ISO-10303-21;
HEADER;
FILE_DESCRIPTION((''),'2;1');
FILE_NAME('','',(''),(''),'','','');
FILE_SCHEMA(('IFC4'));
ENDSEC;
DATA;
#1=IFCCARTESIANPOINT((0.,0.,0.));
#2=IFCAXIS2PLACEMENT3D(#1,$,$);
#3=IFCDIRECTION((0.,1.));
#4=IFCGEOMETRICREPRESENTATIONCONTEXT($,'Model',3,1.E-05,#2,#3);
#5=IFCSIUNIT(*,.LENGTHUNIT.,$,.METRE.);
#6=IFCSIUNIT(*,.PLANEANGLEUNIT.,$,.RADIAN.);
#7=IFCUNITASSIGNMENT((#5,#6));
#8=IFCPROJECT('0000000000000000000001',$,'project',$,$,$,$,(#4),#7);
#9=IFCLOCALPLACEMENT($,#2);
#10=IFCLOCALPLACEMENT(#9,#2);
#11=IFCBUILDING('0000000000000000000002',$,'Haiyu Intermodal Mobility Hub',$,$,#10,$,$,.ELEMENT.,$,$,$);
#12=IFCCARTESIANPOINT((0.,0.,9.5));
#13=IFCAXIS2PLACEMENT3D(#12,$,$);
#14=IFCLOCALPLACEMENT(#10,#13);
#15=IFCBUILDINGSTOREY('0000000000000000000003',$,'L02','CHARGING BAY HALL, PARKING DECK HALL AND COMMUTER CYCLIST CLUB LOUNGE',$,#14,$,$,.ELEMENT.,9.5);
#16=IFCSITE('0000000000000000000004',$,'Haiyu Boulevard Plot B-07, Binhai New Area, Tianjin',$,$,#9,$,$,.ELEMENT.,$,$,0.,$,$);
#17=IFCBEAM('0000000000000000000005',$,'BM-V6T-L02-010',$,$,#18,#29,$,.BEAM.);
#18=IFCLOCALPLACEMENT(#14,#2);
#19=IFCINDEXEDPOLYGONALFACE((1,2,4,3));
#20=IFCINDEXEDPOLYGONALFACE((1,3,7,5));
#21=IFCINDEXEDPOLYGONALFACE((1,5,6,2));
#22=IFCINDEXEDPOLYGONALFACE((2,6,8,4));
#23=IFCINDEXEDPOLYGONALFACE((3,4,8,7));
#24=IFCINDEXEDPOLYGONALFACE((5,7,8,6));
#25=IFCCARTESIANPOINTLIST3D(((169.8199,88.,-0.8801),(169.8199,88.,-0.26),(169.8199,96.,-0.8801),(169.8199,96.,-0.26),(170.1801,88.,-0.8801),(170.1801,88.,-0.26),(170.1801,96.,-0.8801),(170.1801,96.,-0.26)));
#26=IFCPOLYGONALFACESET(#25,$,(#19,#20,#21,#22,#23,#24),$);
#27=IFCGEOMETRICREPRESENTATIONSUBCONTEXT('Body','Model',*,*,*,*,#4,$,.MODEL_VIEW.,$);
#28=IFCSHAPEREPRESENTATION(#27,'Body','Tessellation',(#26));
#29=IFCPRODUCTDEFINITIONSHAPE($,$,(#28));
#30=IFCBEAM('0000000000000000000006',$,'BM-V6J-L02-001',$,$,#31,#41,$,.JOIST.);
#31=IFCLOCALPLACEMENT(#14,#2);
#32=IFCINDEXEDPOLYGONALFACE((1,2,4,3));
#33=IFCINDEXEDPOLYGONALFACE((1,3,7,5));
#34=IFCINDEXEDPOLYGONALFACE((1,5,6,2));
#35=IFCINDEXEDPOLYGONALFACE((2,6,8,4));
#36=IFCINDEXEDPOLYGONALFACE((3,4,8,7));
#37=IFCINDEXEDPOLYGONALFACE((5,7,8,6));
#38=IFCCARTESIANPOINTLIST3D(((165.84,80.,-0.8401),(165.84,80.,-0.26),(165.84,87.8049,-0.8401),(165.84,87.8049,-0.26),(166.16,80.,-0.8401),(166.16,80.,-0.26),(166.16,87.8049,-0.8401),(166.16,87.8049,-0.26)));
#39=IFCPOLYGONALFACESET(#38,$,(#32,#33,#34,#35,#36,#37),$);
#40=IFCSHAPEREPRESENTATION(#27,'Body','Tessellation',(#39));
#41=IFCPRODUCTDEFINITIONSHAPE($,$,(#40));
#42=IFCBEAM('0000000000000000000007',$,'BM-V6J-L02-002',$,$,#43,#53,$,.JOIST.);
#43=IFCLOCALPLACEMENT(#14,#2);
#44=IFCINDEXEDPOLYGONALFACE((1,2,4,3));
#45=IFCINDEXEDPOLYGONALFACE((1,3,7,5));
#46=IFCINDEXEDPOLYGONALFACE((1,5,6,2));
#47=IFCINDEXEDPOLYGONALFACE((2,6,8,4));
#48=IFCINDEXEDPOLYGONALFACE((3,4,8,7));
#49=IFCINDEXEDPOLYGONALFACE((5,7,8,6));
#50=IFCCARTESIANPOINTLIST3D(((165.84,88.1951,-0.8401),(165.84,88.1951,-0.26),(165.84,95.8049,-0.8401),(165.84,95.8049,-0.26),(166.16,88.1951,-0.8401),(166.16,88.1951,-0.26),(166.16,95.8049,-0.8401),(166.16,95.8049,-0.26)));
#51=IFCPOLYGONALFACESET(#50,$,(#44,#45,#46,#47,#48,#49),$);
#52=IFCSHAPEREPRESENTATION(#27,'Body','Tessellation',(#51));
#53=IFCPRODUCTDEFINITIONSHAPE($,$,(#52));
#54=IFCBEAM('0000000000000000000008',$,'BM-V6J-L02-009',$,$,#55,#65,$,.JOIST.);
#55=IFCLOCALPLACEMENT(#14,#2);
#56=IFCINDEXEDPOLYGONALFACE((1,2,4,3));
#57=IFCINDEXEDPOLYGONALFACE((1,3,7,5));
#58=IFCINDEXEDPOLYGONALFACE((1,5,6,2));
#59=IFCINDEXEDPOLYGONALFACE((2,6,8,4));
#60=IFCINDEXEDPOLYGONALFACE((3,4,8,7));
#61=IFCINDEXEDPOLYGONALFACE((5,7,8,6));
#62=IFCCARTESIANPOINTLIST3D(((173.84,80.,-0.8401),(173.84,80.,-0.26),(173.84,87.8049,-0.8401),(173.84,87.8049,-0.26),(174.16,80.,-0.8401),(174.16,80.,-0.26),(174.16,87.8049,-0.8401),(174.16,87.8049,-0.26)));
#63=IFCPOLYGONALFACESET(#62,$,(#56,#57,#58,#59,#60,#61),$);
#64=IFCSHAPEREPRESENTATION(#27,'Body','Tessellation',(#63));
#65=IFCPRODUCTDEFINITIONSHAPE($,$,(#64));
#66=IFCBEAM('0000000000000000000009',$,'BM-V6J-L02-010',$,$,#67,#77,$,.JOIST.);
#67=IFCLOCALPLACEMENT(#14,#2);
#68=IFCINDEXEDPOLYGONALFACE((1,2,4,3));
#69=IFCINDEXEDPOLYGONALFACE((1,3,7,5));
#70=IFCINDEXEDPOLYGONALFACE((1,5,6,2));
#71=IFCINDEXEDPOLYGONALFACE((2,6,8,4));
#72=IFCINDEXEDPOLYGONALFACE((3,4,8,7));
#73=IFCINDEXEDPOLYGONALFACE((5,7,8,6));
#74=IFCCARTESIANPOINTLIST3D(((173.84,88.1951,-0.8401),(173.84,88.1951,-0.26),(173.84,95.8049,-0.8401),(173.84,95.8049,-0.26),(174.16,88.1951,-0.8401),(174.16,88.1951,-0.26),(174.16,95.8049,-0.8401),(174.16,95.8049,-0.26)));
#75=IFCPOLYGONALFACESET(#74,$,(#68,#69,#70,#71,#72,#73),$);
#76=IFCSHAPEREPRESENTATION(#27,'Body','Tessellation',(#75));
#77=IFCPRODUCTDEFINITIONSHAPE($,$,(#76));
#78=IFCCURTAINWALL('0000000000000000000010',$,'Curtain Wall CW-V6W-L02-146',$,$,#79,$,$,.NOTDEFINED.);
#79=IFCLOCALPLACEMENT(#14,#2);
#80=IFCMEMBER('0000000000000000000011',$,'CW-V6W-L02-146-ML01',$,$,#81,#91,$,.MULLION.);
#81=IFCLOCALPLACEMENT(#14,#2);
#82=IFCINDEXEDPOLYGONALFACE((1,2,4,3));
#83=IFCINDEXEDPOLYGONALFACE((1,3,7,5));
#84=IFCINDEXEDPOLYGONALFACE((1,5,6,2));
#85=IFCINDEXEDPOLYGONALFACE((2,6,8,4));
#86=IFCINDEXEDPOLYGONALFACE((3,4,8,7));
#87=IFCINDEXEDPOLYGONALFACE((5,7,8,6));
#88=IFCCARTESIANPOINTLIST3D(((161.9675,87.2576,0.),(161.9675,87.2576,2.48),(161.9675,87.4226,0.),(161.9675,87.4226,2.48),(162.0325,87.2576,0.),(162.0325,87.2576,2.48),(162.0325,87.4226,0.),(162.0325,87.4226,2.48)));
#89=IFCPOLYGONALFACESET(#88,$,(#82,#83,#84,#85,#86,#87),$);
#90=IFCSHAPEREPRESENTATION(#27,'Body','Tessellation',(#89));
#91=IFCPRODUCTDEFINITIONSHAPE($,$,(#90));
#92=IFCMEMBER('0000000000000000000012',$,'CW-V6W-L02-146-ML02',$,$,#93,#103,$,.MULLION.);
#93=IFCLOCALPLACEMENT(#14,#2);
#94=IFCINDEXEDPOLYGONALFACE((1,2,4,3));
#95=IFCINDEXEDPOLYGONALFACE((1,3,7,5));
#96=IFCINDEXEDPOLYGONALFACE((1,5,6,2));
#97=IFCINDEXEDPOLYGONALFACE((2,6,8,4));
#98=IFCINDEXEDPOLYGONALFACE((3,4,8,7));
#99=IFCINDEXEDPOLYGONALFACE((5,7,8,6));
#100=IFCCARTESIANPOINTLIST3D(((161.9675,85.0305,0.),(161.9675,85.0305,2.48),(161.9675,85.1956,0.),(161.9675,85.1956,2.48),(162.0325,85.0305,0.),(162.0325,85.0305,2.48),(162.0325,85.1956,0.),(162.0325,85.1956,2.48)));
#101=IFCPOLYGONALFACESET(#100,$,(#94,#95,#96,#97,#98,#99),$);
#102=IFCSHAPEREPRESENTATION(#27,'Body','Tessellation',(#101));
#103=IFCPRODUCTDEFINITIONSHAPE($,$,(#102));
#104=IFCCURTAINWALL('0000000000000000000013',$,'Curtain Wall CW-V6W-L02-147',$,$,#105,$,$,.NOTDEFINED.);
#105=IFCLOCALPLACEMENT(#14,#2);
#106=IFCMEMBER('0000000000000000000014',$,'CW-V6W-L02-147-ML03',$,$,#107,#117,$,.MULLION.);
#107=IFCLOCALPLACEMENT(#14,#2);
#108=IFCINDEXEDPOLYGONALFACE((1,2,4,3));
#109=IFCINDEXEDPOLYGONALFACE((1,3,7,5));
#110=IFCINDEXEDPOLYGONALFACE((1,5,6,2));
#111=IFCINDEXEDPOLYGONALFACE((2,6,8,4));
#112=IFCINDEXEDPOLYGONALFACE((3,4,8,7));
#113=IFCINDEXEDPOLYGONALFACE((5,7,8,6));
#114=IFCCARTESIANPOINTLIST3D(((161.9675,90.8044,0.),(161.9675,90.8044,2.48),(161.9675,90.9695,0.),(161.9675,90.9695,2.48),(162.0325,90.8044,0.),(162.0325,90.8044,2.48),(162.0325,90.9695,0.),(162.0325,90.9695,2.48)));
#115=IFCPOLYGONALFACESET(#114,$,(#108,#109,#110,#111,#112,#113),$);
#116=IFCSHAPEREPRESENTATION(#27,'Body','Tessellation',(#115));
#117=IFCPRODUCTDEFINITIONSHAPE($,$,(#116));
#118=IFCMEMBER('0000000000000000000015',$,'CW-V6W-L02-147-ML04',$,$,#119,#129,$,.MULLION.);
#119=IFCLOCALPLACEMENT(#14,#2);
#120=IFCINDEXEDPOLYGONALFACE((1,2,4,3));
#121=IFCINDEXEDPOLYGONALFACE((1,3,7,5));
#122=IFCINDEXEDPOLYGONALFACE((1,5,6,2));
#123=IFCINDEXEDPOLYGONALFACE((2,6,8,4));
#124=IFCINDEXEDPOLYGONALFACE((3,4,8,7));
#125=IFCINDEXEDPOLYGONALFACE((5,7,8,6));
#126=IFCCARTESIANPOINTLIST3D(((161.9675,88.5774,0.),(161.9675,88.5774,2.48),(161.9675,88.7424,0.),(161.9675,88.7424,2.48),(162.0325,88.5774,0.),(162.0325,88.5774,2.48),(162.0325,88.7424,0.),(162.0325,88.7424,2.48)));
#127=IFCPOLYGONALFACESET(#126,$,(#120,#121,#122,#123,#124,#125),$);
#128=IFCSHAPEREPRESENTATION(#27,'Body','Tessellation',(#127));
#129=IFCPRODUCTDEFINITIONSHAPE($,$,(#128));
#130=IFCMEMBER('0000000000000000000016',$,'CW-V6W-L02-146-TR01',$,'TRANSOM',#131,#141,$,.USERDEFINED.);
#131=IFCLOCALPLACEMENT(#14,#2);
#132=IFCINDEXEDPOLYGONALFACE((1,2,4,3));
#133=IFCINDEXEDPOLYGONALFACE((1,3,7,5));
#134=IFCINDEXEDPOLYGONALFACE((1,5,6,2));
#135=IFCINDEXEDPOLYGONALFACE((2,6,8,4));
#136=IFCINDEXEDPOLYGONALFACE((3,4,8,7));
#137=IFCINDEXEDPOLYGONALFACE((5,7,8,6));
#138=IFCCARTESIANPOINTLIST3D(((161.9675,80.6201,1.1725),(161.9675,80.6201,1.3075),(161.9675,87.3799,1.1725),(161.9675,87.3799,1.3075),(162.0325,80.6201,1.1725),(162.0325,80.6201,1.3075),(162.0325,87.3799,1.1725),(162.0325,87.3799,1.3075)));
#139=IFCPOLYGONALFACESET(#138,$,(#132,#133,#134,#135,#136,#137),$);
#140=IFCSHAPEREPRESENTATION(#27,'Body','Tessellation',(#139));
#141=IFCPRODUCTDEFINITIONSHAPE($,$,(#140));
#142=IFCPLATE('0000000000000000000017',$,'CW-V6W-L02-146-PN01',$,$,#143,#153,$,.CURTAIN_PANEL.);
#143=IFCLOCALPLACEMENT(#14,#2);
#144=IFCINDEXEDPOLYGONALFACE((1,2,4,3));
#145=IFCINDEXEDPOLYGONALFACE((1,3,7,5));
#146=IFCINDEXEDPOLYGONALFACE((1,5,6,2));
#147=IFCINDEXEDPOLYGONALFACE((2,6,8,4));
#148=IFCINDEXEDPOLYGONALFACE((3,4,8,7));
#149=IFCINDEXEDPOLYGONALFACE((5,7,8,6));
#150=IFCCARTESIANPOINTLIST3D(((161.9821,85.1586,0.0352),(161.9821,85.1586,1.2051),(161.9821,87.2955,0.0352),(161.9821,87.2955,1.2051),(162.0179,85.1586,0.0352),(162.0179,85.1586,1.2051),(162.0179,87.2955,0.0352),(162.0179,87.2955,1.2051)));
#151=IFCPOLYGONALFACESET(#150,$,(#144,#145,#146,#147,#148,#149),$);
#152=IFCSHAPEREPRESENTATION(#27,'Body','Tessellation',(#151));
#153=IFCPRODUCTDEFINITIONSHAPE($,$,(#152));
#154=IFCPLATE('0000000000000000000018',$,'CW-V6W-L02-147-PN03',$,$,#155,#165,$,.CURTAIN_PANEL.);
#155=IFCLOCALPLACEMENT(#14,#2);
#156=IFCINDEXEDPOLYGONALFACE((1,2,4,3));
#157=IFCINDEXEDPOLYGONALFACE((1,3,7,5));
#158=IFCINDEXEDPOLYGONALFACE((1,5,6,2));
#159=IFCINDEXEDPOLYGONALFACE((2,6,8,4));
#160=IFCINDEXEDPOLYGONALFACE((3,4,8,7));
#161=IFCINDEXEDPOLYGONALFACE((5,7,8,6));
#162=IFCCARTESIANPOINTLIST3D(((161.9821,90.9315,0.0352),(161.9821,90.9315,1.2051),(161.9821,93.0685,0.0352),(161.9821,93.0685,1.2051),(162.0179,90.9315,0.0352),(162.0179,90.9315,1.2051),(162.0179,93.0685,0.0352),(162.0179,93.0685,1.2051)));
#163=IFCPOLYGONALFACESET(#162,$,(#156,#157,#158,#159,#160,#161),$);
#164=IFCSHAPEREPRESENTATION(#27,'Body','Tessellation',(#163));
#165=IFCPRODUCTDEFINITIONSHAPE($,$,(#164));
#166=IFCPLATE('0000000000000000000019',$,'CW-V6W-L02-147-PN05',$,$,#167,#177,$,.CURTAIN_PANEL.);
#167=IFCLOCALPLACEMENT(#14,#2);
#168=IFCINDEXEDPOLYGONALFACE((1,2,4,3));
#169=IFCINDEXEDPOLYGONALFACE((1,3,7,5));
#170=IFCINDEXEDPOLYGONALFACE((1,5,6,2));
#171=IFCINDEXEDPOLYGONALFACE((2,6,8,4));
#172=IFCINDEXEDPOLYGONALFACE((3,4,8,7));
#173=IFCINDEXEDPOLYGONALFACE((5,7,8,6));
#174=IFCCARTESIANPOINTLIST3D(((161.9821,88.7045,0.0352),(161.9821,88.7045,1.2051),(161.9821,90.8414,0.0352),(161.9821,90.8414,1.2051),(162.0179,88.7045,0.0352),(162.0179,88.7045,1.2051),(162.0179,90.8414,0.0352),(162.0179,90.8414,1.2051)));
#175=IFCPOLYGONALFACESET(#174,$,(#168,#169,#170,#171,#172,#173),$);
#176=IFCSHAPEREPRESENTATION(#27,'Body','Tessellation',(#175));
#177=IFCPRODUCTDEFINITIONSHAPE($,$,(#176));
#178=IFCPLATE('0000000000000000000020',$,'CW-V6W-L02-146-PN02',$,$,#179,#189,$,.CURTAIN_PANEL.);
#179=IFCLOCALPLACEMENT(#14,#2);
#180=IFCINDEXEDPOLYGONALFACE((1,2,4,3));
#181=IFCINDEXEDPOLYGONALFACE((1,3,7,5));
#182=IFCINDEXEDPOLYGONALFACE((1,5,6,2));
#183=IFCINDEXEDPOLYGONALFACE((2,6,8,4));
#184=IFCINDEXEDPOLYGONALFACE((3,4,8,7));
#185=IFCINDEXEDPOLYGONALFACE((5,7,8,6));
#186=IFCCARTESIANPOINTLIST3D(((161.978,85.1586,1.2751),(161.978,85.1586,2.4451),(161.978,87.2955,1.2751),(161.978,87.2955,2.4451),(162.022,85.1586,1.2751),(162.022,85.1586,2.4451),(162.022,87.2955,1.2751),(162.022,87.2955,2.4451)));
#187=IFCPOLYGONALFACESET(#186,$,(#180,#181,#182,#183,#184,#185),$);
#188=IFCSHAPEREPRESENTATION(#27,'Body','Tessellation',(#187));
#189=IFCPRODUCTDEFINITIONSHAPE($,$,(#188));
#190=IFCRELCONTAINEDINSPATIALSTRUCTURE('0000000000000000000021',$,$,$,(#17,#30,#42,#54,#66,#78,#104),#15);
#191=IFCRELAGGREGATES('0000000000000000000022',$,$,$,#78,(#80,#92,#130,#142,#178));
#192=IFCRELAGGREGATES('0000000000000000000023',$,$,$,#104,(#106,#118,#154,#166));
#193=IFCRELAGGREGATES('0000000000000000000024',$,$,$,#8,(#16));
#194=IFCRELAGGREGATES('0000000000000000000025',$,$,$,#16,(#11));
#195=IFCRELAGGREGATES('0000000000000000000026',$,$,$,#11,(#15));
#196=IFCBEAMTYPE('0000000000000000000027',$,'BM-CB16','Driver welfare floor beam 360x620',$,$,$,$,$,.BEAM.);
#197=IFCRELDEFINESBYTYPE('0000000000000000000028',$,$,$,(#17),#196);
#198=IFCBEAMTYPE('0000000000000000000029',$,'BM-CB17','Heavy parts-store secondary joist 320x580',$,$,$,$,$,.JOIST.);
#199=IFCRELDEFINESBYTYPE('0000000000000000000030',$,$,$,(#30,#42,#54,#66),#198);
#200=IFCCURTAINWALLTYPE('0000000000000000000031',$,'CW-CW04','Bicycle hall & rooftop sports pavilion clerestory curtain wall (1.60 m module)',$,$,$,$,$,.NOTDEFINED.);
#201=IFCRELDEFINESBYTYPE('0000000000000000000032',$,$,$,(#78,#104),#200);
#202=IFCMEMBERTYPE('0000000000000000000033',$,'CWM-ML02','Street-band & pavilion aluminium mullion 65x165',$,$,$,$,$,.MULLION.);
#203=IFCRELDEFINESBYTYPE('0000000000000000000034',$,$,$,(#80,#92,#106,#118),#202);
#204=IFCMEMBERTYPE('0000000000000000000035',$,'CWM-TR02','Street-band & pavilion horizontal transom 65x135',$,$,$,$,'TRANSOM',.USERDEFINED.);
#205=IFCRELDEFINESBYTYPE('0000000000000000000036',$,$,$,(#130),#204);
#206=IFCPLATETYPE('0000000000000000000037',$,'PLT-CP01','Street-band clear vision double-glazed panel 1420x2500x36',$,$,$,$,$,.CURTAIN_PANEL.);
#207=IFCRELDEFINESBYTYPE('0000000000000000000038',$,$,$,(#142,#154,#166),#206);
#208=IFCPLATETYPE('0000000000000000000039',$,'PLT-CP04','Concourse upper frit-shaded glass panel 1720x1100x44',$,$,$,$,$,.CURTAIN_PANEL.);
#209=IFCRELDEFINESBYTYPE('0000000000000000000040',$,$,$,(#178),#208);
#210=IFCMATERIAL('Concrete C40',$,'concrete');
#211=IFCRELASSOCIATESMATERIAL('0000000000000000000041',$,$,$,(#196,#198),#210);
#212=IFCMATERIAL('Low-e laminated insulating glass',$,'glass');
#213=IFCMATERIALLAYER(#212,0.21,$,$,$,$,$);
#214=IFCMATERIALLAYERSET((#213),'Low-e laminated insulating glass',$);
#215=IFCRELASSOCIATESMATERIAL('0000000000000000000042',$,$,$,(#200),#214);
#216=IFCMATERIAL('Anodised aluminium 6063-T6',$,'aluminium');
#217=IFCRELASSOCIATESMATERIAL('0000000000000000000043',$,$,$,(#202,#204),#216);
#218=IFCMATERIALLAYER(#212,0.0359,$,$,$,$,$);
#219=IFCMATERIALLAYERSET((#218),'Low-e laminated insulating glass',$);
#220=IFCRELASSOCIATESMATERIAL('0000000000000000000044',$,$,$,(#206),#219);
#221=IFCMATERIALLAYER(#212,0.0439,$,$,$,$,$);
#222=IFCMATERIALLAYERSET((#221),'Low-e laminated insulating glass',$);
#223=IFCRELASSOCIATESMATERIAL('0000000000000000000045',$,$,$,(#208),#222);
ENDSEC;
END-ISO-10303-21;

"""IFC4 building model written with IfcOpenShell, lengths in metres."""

from ifc_helpers import new_model, si_unit, direction, frame, origin, origin_2d, place, context, subcontext, project, spatial, rectangle, extrude, material, layer, layer_set, material_profile, profile_set, type_object, element, aggregate, save


model = new_model("IFC4")

# Units and contexts
model_context = context("Model", 3, precision=1e-05, world=origin(), true_north=direction((0.0, 1.0)))
body_context = subcontext(model_context, "Body", "Model", "MODEL_VIEW")
ifc_project = project(units=[si_unit("LENGTHUNIT", "METRE"), si_unit("PLANEANGLEUNIT", "RADIAN")], contexts=[model_context])

# Site, building, storey
site_placement = place(None, origin())
site = spatial("IfcSite", under=ifc_project, at=site_placement, Name="Haiyu Boulevard Plot B-07, Binhai New Area, Tianjin", CompositionType="ELEMENT", RefElevation=0.0)
building_placement = place(site_placement, origin())
building = spatial("IfcBuilding", under=site, at=building_placement, Name="Haiyu Intermodal Mobility Hub", CompositionType="ELEMENT")
storey_placement = place(building_placement, frame((0.0, 0.0, 9.5)))
storey = spatial("IfcBuildingStorey", under=building, at=storey_placement, Name="L02", Description="CHARGING BAY HALL, PARKING DECK HALL AND COMMUTER CYCLIST CLUB LOUNGE", CompositionType="ELEMENT", Elevation=9.5)

# Shared definitions
ifc_material_1 = material(Name="Concrete C40", Category="concrete")

# Beams
ifc_material_profile_1 = material_profile(ifc_material_1, rectangle(XDim=0.3601, YDim=0.6201, at=origin_2d()), Name="B360x620")
ifc_profile_set_1 = profile_set([ifc_material_profile_1], Name="Concrete C40")
beam_type_1 = type_object("IfcBeamType", Name="BM-CB16", Description="Driver welfare floor beam 360x620", PredefinedType="BEAM", material=ifc_profile_set_1)
for number, where, z_axis, x_axis, name in (
    (1, (170.0, 88.0, -0.5701), (0.0, 1.0, 0.0), (-1.0, 0.0, 0.0), "BM-V6T-L02-010"),
):
    element("IfcBeam", number, at=place(storey_placement, frame(where, z_axis=z_axis, x_axis=x_axis)), inside=storey, type_object=beam_type_1, Name=name, PredefinedType="BEAM", context=body_context, shape_type="SweptSolid", body=[
        extrude(rectangle(XDim=0.3601, YDim=0.6201, at=origin_2d()), origin(), (0.0, 0.0, 1.0), 8.0),
    ])
ifc_material_profile_2 = material_profile(ifc_material_1, rectangle(XDim=0.3201, YDim=0.5801, at=origin_2d()), Name="B320x580")
ifc_profile_set_2 = profile_set([ifc_material_profile_2], Name="Concrete C40")
beam_type_2 = type_object("IfcBeamType", Name="BM-CB17", Description="Heavy parts-store secondary joist 320x580", PredefinedType="JOIST", material=ifc_profile_set_2)
beam_1_placement = place(storey_placement, frame((166.0, 80.0, -0.55), z_axis=(0.0, 1.0, 0.0), x_axis=(-1.0, 0.0, 0.0)))
element("IfcBeam", 2, at=beam_1_placement, inside=storey, type_object=beam_type_2, Name="BM-V6J-L02-001", PredefinedType="JOIST", context=body_context, shape_type="SweptSolid", body=[
    extrude(rectangle(XDim=0.3201, YDim=0.5801, at=origin_2d()), origin(), (0.0, 0.0, 1.0), 7.8049),
])
beam_2_placement = place(storey_placement, frame((166.0, 88.1951, -0.55), z_axis=(0.0, 1.0, 0.0), x_axis=(-1.0, 0.0, 0.0)))
element("IfcBeam", 3, at=beam_2_placement, inside=storey, type_object=beam_type_2, Name="BM-V6J-L02-002", PredefinedType="JOIST", context=body_context, shape_type="SweptSolid", body=[
    extrude(rectangle(XDim=0.3201, YDim=0.5801, at=origin_2d()), origin(), (0.0, 0.0, 1.0), 7.6099),
])
beam_3_placement = place(storey_placement, frame((174.0, 80.0, -0.55), z_axis=(0.0, 1.0, 0.0), x_axis=(-1.0, 0.0, 0.0)))
element("IfcBeam", 4, at=beam_3_placement, inside=storey, type_object=beam_type_2, Name="BM-V6J-L02-009", PredefinedType="JOIST", context=body_context, shape_type="SweptSolid", body=[
    extrude(rectangle(XDim=0.3201, YDim=0.5801, at=origin_2d()), origin(), (0.0, 0.0, 1.0), 7.8049),
])
beam_4_placement = place(storey_placement, frame((174.0, 88.1951, -0.55), z_axis=(0.0, 1.0, 0.0), x_axis=(-1.0, 0.0, 0.0)))
element("IfcBeam", 5, at=beam_4_placement, inside=storey, type_object=beam_type_2, Name="BM-V6J-L02-010", PredefinedType="JOIST", context=body_context, shape_type="SweptSolid", body=[
    extrude(rectangle(XDim=0.3201, YDim=0.5801, at=origin_2d()), origin(), (0.0, 0.0, 1.0), 7.6099),
])

# Curtain walls, members
ifc_material_2 = material(Name="Low-e laminated insulating glass", Category="glass")
ifc_layer_1 = layer(ifc_material_2, 0.21)
ifc_layer_set_1 = layer_set([ifc_layer_1], Name="Low-e laminated insulating glass")
curtain_wall_type = type_object("IfcCurtainWallType", Name="CW-CW04", Description="Bicycle hall & rooftop sports pavilion clerestory curtain wall (1.60 m module)", PredefinedType="NOTDEFINED", material=ifc_layer_set_1)
curtain_wall_1_placement = place(storey_placement, origin())
curtain_wall_1 = element("IfcCurtainWall", 6, at=curtain_wall_1_placement, inside=storey, type_object=curtain_wall_type, Name="Curtain Wall CW-V6W-L02-146", PredefinedType="NOTDEFINED")
ifc_material_3 = material(Name="Anodised aluminium 6063-T6", Category="aluminium")
ifc_material_profile_3 = material_profile(ifc_material_3, rectangle(XDim=0.0649, YDim=0.165, at=origin_2d()), Name="ALU65x165")
ifc_profile_set_3 = profile_set([ifc_material_profile_3], Name="Anodised aluminium 6063-T6")
member_type_1 = type_object("IfcMemberType", Name="CWM-ML02", Description="Street-band & pavilion aluminium mullion 65x165", PredefinedType="MULLION", material=ifc_profile_set_3)
member_1_placement = place(storey_placement, frame((162.0, 87.3401, 0.0), z_axis=(0.0, 0.0, 1.0), x_axis=(1.0, 0.0, 0.0)))
member_1 = element("IfcMember", 7, at=member_1_placement, type_object=member_type_1, Name="CW-V6W-L02-146-ML01", PredefinedType="MULLION", context=body_context, shape_type="SweptSolid", body=[
    extrude(rectangle(XDim=0.0649, YDim=0.165, at=origin_2d()), origin(), (0.0, 0.0, 1.0), 2.48),
])
member_2_placement = place(storey_placement, frame((162.0, 85.113, 0.0), z_axis=(0.0, 0.0, 1.0), x_axis=(1.0, 0.0, 0.0)))
member_2 = element("IfcMember", 8, at=member_2_placement, type_object=member_type_1, Name="CW-V6W-L02-146-ML02", PredefinedType="MULLION", context=body_context, shape_type="SweptSolid", body=[
    extrude(rectangle(XDim=0.0649, YDim=0.165, at=origin_2d()), origin(), (0.0, 0.0, 1.0), 2.48),
])
curtain_wall_2_placement = place(storey_placement, origin())
curtain_wall_2 = element("IfcCurtainWall", 9, at=curtain_wall_2_placement, inside=storey, type_object=curtain_wall_type, Name="Curtain Wall CW-V6W-L02-147", PredefinedType="NOTDEFINED")
member_3_placement = place(storey_placement, frame((162.0, 90.887, 0.0), z_axis=(0.0, 0.0, 1.0), x_axis=(1.0, 0.0, 0.0)))
member_3 = element("IfcMember", 10, at=member_3_placement, type_object=member_type_1, Name="CW-V6W-L02-147-ML03", PredefinedType="MULLION", context=body_context, shape_type="SweptSolid", body=[
    extrude(rectangle(XDim=0.0649, YDim=0.165, at=origin_2d()), origin(), (0.0, 0.0, 1.0), 2.48),
])
member_4_placement = place(storey_placement, frame((162.0, 88.6599, 0.0), z_axis=(0.0, 0.0, 1.0), x_axis=(1.0, 0.0, 0.0)))
member_4 = element("IfcMember", 11, at=member_4_placement, type_object=member_type_1, Name="CW-V6W-L02-147-ML04", PredefinedType="MULLION", context=body_context, shape_type="SweptSolid", body=[
    extrude(rectangle(XDim=0.0649, YDim=0.165, at=origin_2d()), origin(), (0.0, 0.0, 1.0), 2.48),
])

# Member
ifc_material_profile_4 = material_profile(ifc_material_3, rectangle(XDim=0.0649, YDim=0.135, at=origin_2d()), Name="ALU65x135")
ifc_profile_set_4 = profile_set([ifc_material_profile_4], Name="Anodised aluminium 6063-T6")
member_type_2 = type_object("IfcMemberType", Name="CWM-TR02", Description="Street-band & pavilion horizontal transom 65x135", ElementType="TRANSOM", PredefinedType="USERDEFINED", material=ifc_profile_set_4)
member_5_placement = place(storey_placement, frame((162.0, 87.3799, 1.24), z_axis=(0.0, -1.0, 0.0), x_axis=(1.0, 0.0, 0.0)))
member_5 = element("IfcMember", 12, at=member_5_placement, type_object=member_type_2, Name="CW-V6W-L02-146-TR01", ObjectType="TRANSOM", PredefinedType="USERDEFINED", context=body_context, shape_type="SweptSolid", body=[
    extrude(rectangle(XDim=0.0649, YDim=0.135, at=origin_2d()), origin(), (0.0, 0.0, 1.0), 6.7598),
])

# Plates
ifc_layer_2 = layer(ifc_material_2, 0.0359)
ifc_layer_set_2 = layer_set([ifc_layer_2], Name="Low-e laminated insulating glass")
plate_type_1 = type_object("IfcPlateType", Name="PLT-CP01", Description="Street-band clear vision double-glazed panel 1420x2500x36", PredefinedType="CURTAIN_PANEL", material=ifc_layer_set_2)
plate_1_placement = place(storey_placement, frame((162.0, 86.2271, 0.0352), z_axis=(0.0, 0.0, 1.0), x_axis=(0.0, -1.0, 0.0)))
plate_1 = element("IfcPlate", 13, at=plate_1_placement, type_object=plate_type_1, Name="CW-V6W-L02-146-PN01", PredefinedType="CURTAIN_PANEL", context=body_context, shape_type="SweptSolid", body=[
    extrude(rectangle(XDim=2.137, YDim=0.0359, at=origin_2d()), origin(), (0.0, 0.0, 1.0), 1.1699),
])
plate_2_placement = place(storey_placement, frame((162.0, 92.0, 0.0352), z_axis=(0.0, 0.0, 1.0), x_axis=(0.0, -1.0, 0.0)))
plate_2 = element("IfcPlate", 14, at=plate_2_placement, type_object=plate_type_1, Name="CW-V6W-L02-147-PN03", PredefinedType="CURTAIN_PANEL", context=body_context, shape_type="SweptSolid", body=[
    extrude(rectangle(XDim=2.137, YDim=0.0359, at=origin_2d()), origin(), (0.0, 0.0, 1.0), 1.1699),
])
plate_3_placement = place(storey_placement, frame((162.0, 89.7729, 0.0352), z_axis=(0.0, 0.0, 1.0), x_axis=(0.0, -1.0, 0.0)))
plate_3 = element("IfcPlate", 15, at=plate_3_placement, type_object=plate_type_1, Name="CW-V6W-L02-147-PN05", PredefinedType="CURTAIN_PANEL", context=body_context, shape_type="SweptSolid", body=[
    extrude(rectangle(XDim=2.137, YDim=0.0359, at=origin_2d()), origin(), (0.0, 0.0, 1.0), 1.1699),
])
ifc_layer_3 = layer(ifc_material_2, 0.0439)
ifc_layer_set_3 = layer_set([ifc_layer_3], Name="Low-e laminated insulating glass")
plate_type_2 = type_object("IfcPlateType", Name="PLT-CP04", Description="Concourse upper frit-shaded glass panel 1720x1100x44", PredefinedType="CURTAIN_PANEL", material=ifc_layer_set_3)
plate_4_placement = place(storey_placement, frame((162.0, 86.2271, 1.2751), z_axis=(0.0, 0.0, 1.0), x_axis=(0.0, -1.0, 0.0)))
plate_4 = element("IfcPlate", 16, at=plate_4_placement, type_object=plate_type_2, Name="CW-V6W-L02-146-PN02", PredefinedType="CURTAIN_PANEL", context=body_context, shape_type="SweptSolid", body=[
    extrude(rectangle(XDim=2.137, YDim=0.0439, at=origin_2d()), origin(), (0.0, 0.0, 1.0), 1.1699),
])
aggregate(curtain_wall_1, [member_1, member_2, member_5, plate_1, plate_4])
aggregate(curtain_wall_2, [member_3, member_4, plate_2, plate_3])

save(model, "model.ifc")
